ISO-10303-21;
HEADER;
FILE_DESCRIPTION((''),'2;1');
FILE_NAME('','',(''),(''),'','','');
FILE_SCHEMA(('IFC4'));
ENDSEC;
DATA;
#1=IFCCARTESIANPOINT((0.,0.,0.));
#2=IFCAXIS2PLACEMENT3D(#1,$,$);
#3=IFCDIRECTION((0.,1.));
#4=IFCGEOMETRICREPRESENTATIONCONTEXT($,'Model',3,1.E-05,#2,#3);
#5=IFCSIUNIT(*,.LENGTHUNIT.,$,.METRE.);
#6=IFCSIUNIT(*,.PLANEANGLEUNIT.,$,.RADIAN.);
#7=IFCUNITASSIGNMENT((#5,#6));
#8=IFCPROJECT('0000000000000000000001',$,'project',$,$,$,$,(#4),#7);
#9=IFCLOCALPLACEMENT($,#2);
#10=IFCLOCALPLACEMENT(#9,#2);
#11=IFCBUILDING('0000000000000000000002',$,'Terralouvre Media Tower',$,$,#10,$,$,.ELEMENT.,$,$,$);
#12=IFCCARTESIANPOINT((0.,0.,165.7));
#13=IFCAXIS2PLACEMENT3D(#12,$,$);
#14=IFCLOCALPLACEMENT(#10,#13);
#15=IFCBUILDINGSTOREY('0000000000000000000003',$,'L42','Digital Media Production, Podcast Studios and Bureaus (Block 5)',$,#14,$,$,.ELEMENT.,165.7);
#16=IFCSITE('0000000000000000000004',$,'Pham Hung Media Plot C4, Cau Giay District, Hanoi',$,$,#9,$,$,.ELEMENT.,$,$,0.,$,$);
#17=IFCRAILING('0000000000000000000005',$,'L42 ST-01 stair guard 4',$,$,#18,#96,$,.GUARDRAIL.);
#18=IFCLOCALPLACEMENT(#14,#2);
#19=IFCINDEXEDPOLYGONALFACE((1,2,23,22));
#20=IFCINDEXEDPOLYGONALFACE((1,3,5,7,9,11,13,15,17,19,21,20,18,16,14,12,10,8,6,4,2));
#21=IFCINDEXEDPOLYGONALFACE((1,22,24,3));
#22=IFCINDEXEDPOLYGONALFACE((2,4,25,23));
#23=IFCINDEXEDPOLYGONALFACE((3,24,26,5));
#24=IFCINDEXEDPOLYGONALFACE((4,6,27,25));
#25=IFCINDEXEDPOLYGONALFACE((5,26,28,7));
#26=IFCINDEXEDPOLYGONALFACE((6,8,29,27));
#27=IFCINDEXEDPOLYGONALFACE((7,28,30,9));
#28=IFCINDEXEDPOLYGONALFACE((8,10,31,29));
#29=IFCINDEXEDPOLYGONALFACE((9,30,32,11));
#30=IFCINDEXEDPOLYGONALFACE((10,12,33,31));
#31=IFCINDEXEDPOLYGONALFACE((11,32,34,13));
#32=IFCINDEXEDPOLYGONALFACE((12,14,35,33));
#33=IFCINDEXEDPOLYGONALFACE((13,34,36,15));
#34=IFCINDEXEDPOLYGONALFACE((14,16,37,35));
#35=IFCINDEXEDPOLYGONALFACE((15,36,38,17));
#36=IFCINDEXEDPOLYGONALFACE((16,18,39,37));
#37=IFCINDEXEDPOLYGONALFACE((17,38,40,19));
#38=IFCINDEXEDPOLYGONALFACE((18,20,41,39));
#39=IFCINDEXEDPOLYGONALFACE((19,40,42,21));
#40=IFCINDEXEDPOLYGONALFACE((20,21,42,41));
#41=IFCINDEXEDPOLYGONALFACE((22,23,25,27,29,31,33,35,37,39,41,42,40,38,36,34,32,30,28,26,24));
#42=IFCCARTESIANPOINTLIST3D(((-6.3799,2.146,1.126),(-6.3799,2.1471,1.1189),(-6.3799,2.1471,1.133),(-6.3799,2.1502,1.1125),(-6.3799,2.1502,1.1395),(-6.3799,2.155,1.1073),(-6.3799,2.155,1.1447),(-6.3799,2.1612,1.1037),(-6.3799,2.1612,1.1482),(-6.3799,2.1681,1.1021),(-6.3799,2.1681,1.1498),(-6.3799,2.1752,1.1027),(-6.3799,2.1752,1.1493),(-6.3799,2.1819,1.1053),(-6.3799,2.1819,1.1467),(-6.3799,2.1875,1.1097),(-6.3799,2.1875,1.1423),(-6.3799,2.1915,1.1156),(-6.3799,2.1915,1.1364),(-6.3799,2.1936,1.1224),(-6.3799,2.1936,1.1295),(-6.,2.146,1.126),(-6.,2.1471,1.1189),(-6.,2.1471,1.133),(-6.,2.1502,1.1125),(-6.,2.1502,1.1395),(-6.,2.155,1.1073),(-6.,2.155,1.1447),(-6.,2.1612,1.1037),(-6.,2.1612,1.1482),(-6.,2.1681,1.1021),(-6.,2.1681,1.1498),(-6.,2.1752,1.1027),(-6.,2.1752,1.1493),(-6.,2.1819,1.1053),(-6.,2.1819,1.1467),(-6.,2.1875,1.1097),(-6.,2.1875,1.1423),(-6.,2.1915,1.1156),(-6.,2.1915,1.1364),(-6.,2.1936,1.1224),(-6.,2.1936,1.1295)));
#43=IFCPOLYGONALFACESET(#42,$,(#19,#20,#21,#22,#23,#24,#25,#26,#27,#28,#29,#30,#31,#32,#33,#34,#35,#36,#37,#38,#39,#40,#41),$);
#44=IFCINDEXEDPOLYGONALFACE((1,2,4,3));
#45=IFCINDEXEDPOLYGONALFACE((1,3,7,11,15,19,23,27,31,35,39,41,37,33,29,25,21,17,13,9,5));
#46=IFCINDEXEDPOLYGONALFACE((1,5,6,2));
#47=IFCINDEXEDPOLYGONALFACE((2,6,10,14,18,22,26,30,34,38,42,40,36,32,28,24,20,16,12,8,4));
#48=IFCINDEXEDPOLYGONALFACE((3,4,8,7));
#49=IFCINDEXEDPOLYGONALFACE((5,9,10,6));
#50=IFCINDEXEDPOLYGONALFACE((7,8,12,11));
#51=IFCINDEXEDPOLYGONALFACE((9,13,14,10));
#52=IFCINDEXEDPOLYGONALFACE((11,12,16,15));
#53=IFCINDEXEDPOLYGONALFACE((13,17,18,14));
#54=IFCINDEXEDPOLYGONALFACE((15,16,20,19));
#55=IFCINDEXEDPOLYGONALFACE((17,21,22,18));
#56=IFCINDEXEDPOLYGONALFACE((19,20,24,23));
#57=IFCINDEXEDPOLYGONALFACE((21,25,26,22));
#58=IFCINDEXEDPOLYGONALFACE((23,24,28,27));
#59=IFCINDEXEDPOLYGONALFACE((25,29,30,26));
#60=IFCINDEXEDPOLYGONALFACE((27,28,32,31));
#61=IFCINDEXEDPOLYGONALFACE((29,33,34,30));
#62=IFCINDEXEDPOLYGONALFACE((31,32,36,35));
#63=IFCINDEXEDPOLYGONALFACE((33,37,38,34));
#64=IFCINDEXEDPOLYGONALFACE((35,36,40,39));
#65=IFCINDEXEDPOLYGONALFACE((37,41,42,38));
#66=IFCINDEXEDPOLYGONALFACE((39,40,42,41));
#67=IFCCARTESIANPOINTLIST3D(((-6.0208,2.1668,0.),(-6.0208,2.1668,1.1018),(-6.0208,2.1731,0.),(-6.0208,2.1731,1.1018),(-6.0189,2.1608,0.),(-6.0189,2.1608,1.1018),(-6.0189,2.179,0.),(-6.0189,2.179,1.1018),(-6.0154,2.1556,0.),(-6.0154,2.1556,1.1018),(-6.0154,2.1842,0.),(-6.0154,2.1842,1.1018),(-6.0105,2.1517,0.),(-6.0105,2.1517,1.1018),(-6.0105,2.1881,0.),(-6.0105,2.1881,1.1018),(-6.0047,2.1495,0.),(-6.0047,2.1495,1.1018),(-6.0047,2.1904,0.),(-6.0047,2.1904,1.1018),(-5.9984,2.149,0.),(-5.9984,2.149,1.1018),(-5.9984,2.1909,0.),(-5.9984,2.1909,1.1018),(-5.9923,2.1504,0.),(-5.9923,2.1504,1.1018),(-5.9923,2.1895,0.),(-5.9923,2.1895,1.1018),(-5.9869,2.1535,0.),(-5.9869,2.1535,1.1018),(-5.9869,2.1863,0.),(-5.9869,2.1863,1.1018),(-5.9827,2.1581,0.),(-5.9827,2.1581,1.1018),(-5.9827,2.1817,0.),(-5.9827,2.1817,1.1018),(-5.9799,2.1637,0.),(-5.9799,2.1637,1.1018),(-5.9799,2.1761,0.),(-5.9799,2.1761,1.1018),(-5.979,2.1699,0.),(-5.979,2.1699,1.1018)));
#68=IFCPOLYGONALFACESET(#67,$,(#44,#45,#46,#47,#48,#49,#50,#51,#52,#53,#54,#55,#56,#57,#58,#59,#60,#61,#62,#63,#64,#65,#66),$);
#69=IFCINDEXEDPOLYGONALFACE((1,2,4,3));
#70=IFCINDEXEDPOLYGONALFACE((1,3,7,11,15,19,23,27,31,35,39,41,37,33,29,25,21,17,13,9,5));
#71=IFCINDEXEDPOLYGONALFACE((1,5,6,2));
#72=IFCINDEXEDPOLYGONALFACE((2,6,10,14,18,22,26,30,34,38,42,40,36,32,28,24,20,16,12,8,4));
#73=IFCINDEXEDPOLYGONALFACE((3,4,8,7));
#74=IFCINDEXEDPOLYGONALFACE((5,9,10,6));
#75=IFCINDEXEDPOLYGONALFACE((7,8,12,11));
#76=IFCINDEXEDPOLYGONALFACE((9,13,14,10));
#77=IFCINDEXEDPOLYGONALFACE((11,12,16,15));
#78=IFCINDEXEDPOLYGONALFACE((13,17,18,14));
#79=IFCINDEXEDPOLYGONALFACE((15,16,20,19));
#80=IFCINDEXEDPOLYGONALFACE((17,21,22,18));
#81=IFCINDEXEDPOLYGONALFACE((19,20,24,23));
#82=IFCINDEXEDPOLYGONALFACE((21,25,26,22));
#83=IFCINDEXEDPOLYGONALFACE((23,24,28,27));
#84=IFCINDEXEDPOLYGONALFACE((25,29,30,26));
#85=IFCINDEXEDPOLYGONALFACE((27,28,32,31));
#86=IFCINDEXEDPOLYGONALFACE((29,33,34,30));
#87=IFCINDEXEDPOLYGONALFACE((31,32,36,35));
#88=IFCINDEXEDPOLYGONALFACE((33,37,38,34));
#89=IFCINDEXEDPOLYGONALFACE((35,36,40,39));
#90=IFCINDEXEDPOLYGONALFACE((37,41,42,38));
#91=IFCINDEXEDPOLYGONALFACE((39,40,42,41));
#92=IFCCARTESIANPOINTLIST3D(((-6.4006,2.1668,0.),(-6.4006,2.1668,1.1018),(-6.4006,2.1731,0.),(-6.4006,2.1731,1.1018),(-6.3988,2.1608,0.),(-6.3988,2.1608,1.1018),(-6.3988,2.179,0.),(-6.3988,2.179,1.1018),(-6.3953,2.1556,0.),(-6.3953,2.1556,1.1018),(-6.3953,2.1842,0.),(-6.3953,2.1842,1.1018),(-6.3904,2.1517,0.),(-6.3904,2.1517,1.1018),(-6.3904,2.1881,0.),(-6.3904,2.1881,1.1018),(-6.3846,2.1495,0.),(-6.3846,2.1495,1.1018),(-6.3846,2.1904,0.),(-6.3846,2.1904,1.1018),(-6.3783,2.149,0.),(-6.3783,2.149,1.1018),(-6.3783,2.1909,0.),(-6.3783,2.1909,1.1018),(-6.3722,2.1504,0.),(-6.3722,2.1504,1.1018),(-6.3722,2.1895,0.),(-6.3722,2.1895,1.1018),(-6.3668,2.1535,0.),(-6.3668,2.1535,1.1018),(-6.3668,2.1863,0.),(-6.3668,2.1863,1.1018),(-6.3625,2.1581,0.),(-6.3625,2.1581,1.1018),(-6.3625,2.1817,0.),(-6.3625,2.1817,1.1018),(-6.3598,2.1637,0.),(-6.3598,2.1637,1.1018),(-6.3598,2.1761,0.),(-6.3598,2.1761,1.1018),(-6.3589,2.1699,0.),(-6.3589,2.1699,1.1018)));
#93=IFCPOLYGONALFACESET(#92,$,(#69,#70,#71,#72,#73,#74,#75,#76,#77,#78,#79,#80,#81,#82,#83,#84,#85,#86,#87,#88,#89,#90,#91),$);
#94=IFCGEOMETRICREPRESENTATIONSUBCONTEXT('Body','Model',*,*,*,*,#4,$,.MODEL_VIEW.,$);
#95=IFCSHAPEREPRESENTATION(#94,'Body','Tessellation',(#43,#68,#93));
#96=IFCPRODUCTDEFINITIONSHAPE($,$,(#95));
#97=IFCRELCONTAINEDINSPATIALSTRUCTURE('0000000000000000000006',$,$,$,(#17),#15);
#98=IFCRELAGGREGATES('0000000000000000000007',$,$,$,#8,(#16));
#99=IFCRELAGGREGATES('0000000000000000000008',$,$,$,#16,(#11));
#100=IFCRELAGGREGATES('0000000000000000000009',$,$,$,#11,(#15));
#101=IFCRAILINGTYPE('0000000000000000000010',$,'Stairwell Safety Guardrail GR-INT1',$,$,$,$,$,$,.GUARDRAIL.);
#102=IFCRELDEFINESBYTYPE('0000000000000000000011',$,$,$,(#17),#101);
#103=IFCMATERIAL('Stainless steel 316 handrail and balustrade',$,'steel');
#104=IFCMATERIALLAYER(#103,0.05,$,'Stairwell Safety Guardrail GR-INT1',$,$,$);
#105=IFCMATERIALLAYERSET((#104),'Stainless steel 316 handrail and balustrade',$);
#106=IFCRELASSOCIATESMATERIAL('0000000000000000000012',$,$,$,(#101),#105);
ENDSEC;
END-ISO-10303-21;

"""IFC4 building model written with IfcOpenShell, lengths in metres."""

from ifc_helpers import new_model, si_unit, direction, frame, origin, origin_2d, place, context, subcontext, project, spatial, circle, extrude, material, layer, layer_set, type_object, element, save


model = new_model("IFC4")

# Units and contexts
model_context = context("Model", 3, precision=1e-05, world=origin(), true_north=direction((0.0, 1.0)))
body_context = subcontext(model_context, "Body", "Model", "MODEL_VIEW")
ifc_project = project(units=[si_unit("LENGTHUNIT", "METRE"), si_unit("PLANEANGLEUNIT", "RADIAN")], contexts=[model_context])

# Site, building, storey
site_placement = place(None, origin())
site = spatial("IfcSite", under=ifc_project, at=site_placement, Name="Pham Hung Media Plot C4, Cau Giay District, Hanoi", CompositionType="ELEMENT", RefElevation=0.0)
building_placement = place(site_placement, origin())
building = spatial("IfcBuilding", under=site, at=building_placement, Name="Terralouvre Media Tower", CompositionType="ELEMENT")
storey_placement = place(building_placement, frame((0.0, 0.0, 165.7)))
storey = spatial("IfcBuildingStorey", under=building, at=storey_placement, Name="L42", Description="Digital Media Production, Podcast Studios and Bureaus (Block 5)", CompositionType="ELEMENT", Elevation=165.7)

# Railing
ifc_material_1 = material(Name="Stainless steel 316 handrail and balustrade", Category="steel")
ifc_layer_1 = layer(ifc_material_1, 0.05, Name="Stairwell Safety Guardrail GR-INT1")
ifc_layer_set_1 = layer_set([ifc_layer_1], Name="Stainless steel 316 handrail and balustrade")
railing_type_1 = type_object("IfcRailingType", Name="Stairwell Safety Guardrail GR-INT1", PredefinedType="GUARDRAIL", material=ifc_layer_set_1)
railing_1_placement = place(storey_placement, frame((-6.0, 2.1699, 0.0)))
element("IfcRailing", 1, at=railing_1_placement, inside=storey, type_object=railing_type_1, Name="L42 ST-01 stair guard 4", PredefinedType="GUARDRAIL", context=body_context, shape_type="SweptSolid", body=[
    extrude(circle(Radius=0.0239, at=origin_2d()), frame((0.0, 0.0, 1.126), z_axis=(-1.0, 0.0, 0.0), x_axis=(0.0, -1.0, 0.0)), (0.0, 0.0, 1.0), 0.3799),
    extrude(circle(Radius=0.021, at=origin_2d()), origin(), (0.0, 0.0, 1.0), 1.1018),
    extrude(circle(Radius=0.021, at=origin_2d()), frame((-0.3799, 0.0, 0.0)), (0.0, 0.0, 1.0), 1.1018),
])

save(model, "model.ifc")
